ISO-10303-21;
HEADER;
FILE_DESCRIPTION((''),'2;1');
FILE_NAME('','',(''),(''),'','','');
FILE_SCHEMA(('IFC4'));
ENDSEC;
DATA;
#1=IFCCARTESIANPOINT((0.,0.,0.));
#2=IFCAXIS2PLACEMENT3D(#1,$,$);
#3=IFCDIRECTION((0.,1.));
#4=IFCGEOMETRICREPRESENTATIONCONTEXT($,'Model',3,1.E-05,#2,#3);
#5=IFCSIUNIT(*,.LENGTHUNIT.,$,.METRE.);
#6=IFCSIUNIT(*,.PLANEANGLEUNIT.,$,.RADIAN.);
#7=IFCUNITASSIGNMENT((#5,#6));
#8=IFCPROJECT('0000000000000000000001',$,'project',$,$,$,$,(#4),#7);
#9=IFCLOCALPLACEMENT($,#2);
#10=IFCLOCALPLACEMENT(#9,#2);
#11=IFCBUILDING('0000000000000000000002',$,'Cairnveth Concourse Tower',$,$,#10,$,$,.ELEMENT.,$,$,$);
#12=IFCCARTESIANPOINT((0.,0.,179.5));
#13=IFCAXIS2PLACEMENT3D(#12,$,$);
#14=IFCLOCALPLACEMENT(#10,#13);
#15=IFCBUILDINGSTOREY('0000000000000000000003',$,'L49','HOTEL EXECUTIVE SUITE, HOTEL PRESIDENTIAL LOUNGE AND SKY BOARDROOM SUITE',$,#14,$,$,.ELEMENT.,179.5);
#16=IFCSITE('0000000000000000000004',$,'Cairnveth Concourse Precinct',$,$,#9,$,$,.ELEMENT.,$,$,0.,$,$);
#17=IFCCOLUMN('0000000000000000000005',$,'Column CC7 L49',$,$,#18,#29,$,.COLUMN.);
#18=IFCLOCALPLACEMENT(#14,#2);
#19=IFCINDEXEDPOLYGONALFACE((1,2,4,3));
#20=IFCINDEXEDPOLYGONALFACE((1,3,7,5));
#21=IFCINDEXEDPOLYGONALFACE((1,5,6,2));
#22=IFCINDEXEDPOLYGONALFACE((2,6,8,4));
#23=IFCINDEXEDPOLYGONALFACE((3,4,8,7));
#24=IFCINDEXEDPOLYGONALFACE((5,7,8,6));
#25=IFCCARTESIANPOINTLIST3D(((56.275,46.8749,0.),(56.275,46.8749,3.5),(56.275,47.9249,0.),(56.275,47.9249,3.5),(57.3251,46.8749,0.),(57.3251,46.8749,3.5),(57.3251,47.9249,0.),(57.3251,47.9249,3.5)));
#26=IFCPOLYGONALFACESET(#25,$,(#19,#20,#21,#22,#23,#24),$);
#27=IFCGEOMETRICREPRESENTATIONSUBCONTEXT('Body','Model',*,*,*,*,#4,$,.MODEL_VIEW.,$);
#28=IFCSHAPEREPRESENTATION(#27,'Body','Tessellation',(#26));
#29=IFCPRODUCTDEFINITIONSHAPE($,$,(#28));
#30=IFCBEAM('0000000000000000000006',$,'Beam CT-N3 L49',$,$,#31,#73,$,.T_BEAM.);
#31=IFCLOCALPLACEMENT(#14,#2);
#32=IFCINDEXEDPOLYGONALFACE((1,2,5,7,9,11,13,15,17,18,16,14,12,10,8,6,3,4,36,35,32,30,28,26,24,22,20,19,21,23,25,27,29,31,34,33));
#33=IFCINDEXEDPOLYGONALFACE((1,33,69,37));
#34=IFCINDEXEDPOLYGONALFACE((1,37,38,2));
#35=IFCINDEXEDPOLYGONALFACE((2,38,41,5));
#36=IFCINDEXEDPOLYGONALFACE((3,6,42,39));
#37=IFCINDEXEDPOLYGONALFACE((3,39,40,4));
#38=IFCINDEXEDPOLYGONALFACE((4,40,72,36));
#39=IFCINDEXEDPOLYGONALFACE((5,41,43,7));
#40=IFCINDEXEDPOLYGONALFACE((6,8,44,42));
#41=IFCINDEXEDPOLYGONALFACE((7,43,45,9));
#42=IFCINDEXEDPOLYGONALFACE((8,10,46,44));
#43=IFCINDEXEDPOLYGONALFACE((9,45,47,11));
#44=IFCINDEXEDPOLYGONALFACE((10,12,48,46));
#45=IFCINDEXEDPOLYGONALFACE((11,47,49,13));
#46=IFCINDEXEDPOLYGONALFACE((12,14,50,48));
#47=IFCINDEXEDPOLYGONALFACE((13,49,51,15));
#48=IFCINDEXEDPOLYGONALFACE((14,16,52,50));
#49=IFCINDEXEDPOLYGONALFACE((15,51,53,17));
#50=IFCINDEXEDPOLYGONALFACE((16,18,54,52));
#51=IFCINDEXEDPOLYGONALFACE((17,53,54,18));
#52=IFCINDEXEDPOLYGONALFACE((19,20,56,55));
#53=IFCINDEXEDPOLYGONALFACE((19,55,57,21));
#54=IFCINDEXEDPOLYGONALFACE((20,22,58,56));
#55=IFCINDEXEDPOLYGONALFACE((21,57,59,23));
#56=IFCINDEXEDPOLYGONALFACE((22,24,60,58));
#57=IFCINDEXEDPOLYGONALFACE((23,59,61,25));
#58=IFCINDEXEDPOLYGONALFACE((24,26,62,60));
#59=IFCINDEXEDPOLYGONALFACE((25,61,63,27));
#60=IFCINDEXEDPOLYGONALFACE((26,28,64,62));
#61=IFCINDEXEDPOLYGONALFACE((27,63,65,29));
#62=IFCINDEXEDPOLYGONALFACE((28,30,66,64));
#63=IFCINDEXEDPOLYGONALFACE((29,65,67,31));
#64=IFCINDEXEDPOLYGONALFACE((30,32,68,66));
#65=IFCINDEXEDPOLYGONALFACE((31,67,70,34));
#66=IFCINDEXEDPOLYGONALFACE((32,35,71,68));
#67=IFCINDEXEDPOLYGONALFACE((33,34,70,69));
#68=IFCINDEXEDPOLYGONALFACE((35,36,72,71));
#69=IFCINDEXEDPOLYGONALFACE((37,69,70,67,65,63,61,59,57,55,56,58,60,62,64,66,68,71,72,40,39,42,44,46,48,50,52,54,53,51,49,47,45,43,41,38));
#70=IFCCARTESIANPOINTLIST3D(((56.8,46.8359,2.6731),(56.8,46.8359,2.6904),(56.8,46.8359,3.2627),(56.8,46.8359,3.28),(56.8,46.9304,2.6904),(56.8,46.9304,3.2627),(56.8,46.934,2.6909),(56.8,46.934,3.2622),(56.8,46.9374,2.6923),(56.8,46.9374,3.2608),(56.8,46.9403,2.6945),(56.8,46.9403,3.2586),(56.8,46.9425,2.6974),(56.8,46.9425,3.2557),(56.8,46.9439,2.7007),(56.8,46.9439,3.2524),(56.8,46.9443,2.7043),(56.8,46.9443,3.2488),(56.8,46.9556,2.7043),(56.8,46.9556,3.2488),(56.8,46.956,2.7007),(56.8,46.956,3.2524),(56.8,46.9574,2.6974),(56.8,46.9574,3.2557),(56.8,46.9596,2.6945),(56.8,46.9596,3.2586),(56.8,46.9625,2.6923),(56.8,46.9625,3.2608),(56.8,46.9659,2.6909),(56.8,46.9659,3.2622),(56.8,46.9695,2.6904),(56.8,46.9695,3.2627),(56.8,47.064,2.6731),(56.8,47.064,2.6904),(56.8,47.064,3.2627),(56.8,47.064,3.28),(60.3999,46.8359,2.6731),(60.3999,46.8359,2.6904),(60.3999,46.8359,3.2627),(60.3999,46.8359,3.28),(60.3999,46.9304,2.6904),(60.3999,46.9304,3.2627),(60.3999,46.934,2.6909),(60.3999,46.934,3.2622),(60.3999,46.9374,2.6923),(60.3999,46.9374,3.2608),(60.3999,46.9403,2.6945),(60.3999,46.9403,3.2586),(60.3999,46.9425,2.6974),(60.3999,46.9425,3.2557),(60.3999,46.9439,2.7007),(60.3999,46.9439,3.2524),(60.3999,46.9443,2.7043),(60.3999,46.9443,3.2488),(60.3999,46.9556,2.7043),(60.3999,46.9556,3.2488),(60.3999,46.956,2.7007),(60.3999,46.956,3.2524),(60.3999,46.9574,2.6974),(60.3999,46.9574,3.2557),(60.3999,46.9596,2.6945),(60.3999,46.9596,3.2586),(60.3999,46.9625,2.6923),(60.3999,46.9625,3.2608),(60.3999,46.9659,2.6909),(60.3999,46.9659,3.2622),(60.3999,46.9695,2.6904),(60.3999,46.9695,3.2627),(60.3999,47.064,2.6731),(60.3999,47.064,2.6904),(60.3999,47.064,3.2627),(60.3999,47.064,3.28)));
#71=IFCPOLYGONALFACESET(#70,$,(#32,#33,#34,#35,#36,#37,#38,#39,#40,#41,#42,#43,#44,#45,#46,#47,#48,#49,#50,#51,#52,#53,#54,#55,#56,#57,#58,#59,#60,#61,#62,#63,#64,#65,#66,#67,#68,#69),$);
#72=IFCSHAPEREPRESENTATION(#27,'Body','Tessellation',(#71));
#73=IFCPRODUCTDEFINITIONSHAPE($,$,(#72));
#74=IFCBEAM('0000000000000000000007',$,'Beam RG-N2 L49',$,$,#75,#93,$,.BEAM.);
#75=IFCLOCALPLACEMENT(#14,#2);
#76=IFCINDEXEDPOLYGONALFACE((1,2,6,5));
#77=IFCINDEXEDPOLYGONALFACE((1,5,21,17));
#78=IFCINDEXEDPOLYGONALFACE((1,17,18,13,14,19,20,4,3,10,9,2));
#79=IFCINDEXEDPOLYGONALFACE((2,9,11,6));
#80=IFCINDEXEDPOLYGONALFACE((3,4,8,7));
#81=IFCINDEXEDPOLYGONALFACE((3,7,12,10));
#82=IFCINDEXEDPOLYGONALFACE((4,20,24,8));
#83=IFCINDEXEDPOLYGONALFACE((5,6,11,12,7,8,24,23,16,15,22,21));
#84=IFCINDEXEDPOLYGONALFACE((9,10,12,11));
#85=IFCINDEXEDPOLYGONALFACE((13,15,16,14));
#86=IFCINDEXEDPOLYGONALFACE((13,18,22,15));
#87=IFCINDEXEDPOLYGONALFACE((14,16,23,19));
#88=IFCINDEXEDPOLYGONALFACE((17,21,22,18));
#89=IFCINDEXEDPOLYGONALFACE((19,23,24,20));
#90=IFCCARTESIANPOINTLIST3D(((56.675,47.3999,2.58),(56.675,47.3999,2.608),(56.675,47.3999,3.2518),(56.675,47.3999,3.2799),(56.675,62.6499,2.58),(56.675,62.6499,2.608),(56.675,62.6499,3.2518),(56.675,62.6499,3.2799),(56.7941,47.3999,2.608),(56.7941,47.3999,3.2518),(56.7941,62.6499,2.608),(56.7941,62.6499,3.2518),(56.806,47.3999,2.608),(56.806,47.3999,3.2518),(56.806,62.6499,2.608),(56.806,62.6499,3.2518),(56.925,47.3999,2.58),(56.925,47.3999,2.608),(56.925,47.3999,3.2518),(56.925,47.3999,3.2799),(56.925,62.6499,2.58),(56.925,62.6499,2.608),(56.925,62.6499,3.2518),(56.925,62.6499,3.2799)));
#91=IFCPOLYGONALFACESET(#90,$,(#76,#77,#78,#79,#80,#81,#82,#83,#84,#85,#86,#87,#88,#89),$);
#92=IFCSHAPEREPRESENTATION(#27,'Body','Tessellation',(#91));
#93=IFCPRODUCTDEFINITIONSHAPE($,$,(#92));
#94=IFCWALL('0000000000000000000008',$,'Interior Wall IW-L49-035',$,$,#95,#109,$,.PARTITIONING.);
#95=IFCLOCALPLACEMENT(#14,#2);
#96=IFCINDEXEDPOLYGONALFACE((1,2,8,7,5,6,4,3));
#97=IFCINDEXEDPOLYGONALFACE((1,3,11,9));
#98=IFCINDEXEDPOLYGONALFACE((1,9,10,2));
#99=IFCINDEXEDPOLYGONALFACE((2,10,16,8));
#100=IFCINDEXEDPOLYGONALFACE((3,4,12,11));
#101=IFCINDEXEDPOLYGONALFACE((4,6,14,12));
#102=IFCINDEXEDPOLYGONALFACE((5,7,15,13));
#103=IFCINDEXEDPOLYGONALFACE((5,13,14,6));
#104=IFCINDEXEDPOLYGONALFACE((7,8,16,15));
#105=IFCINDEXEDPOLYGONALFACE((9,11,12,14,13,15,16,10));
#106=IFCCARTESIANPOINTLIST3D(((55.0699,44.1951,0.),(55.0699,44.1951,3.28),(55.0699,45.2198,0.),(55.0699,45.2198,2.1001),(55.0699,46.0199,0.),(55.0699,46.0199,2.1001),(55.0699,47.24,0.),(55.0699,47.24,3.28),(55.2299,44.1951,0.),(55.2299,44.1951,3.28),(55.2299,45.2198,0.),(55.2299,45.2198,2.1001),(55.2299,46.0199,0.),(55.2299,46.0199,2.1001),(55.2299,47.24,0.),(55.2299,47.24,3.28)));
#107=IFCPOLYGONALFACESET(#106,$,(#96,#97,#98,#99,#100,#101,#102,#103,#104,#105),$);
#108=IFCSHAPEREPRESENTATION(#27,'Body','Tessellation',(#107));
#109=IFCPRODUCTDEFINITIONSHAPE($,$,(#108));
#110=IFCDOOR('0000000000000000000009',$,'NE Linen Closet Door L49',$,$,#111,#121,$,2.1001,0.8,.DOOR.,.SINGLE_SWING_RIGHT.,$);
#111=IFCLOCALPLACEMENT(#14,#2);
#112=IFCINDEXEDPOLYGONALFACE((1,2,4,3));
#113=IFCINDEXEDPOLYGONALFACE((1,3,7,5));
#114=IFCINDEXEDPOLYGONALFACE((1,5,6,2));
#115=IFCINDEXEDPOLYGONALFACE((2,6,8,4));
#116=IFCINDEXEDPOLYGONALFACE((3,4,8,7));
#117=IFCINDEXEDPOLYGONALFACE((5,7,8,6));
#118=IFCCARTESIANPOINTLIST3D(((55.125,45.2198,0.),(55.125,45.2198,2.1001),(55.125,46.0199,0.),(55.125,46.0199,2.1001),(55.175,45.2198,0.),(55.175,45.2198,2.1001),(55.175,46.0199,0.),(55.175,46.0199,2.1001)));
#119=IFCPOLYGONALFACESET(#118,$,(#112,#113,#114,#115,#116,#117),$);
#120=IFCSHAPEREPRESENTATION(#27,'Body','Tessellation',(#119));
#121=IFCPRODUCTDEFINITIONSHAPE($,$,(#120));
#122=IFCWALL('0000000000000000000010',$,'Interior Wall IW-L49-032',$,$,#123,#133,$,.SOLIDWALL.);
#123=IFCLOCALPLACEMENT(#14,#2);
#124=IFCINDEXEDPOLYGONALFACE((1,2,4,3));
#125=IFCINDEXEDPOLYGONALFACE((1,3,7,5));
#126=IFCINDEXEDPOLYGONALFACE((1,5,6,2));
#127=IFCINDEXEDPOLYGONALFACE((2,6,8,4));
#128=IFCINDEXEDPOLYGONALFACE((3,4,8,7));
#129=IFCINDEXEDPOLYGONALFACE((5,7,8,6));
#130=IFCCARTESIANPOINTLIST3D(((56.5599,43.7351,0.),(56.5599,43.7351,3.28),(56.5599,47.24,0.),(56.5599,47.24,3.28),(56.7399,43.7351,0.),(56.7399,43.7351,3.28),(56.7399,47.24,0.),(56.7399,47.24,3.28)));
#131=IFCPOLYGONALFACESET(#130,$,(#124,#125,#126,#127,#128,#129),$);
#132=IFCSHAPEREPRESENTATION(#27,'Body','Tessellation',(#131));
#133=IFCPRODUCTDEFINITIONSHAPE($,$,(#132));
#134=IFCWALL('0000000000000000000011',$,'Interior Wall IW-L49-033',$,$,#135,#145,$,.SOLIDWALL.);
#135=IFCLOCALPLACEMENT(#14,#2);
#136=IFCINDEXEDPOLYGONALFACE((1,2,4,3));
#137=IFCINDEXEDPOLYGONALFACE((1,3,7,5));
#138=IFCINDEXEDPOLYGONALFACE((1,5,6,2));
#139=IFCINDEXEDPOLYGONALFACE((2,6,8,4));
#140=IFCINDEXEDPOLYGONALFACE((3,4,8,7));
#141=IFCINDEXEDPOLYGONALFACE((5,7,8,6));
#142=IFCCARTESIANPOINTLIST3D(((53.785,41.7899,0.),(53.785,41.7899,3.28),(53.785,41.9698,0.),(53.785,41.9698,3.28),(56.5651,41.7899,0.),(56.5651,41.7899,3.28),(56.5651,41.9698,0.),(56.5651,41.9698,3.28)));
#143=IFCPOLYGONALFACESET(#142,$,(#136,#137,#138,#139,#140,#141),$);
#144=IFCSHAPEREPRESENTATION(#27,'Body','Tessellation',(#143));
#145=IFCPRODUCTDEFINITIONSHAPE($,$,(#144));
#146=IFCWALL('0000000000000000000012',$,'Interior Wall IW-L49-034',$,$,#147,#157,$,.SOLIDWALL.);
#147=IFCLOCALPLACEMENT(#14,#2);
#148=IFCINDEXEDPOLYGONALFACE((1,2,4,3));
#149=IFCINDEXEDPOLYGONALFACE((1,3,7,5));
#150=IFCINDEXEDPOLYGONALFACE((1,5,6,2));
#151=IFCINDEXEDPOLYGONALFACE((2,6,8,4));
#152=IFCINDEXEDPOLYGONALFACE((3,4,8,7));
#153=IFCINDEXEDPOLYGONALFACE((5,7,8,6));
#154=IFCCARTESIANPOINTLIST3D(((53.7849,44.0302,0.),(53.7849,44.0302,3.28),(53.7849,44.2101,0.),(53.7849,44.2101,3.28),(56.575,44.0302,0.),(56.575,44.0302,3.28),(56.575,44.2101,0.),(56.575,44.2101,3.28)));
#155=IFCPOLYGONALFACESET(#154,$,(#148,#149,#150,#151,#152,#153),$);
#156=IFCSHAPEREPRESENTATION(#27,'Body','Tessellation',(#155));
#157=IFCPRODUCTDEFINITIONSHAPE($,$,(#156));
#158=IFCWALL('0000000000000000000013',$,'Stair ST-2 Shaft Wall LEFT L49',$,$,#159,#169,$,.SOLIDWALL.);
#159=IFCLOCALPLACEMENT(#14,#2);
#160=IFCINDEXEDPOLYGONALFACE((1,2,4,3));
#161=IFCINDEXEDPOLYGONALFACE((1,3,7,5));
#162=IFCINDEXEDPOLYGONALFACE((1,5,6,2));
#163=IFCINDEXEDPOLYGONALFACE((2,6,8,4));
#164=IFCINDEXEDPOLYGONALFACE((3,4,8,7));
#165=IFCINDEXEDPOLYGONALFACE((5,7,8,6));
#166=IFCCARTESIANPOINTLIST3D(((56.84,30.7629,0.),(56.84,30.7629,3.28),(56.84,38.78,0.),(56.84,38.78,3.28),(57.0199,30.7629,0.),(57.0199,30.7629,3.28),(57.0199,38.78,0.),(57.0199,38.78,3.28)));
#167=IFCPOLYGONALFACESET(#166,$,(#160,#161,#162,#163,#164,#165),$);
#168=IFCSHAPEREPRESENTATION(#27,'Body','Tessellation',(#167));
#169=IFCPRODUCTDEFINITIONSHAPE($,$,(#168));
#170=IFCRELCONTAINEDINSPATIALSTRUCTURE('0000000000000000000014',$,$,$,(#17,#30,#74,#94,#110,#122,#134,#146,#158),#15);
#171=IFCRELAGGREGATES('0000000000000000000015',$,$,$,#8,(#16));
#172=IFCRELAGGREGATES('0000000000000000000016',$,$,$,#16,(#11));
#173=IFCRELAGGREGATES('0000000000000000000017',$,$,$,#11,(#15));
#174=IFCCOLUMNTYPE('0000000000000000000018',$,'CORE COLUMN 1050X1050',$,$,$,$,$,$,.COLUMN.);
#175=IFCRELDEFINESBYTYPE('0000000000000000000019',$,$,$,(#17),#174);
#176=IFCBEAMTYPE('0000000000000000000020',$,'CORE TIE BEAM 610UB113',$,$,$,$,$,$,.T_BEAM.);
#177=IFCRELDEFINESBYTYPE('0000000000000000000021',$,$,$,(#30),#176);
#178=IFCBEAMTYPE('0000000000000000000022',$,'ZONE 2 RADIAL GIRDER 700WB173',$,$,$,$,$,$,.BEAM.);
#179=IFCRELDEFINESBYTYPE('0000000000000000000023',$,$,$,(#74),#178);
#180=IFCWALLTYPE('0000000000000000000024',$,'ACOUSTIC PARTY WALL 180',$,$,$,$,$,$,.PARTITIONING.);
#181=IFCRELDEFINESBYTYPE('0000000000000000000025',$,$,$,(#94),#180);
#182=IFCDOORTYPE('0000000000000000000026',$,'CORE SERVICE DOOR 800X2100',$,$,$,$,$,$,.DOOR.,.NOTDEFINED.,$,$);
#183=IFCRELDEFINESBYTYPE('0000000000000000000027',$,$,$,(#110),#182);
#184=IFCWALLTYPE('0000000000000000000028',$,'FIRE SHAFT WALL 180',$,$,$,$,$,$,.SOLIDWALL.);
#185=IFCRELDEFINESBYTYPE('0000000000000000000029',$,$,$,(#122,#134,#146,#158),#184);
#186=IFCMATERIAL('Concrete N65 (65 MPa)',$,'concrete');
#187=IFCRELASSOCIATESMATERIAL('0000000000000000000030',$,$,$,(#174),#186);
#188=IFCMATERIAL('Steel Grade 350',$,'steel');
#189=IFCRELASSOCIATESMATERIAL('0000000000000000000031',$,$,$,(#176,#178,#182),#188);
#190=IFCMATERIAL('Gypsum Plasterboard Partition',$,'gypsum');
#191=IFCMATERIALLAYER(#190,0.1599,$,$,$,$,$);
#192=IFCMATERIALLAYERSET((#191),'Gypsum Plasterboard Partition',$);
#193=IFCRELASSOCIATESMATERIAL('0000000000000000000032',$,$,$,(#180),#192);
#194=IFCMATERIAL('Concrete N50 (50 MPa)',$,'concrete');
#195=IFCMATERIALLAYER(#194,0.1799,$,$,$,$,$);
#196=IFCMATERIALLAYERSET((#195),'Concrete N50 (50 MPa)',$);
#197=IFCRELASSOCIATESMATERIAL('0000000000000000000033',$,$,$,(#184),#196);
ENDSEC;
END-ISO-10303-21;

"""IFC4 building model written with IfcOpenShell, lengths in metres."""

from ifc_helpers import new_model, si_unit, direction, frame, frame_2d, origin, origin_2d, place, context, subcontext, project, spatial, rectangle, i_section, extrude, material, layer, layer_set, material_profile, profile_set, type_object, element, fill, save


model = new_model("IFC4")

# Units and contexts
model_context = context("Model", 3, precision=1e-05, world=origin(), true_north=direction((0.0, 1.0)))
body_context = subcontext(model_context, "Body", "Model", "MODEL_VIEW")
ifc_project = project(units=[si_unit("LENGTHUNIT", "METRE"), si_unit("PLANEANGLEUNIT", "RADIAN")], contexts=[model_context])

# Site, building, storey
site_placement = place(None, origin())
site = spatial("IfcSite", under=ifc_project, at=site_placement, Name="Cairnveth Concourse Precinct", CompositionType="ELEMENT", RefElevation=0.0)
building_placement = place(site_placement, origin())
building = spatial("IfcBuilding", under=site, at=building_placement, Name="Cairnveth Concourse Tower", CompositionType="ELEMENT")
storey_placement = place(building_placement, frame((0.0, 0.0, 179.5)))
storey = spatial("IfcBuildingStorey", under=building, at=storey_placement, Name="L49", Description="HOTEL EXECUTIVE SUITE, HOTEL PRESIDENTIAL LOUNGE AND SKY BOARDROOM SUITE", CompositionType="ELEMENT", Elevation=179.5)

# Column
ifc_material_1 = material(Name="Concrete N65 (65 MPa)", Category="concrete")
ifc_material_profile_1 = material_profile(ifc_material_1, rectangle(XDim=1.05, YDim=1.05, at=origin_2d()), Name="RC-COL-1050x1050")
ifc_profile_set_1 = profile_set([ifc_material_profile_1], Name="Concrete N65 (65 MPa)")
column_type = type_object("IfcColumnType", Name="CORE COLUMN 1050X1050", PredefinedType="COLUMN", material=ifc_profile_set_1)
column_placement = place(storey_placement, frame((56.8, 47.3999, 0.0), z_axis=(0.0, 0.0, 1.0), x_axis=(1.0, 0.0, 0.0)))
element("IfcColumn", 1, at=column_placement, inside=storey, type_object=column_type, Name="Column CC7 L49", PredefinedType="COLUMN", context=body_context, shape_type="SweptSolid", body=[
    extrude(rectangle(XDim=1.05, YDim=1.05, at=origin_2d()), origin(), (0.0, 0.0, 1.0), 3.5),
])

# Beams
ifc_material_2 = material(Name="Steel Grade 350", Category="steel")
ifc_material_profile_2 = material_profile(ifc_material_2, i_section(OverallWidth=0.228, OverallDepth=0.6069, WebThickness=0.0112, FlangeThickness=0.0173, FilletRadius=0.0139, at=origin_2d()), Name="610UB113")
ifc_profile_set_2 = profile_set([ifc_material_profile_2], Name="Steel Grade 350")
beam_type_1 = type_object("IfcBeamType", Name="CORE TIE BEAM 610UB113", PredefinedType="T_BEAM", material=ifc_profile_set_2)
beam_1_placement = place(storey_placement, frame((56.8, 46.95, 2.9766), z_axis=(1.0, 0.0, 0.0), x_axis=(0.0, 1.0, 0.0)))
element("IfcBeam", 2, at=beam_1_placement, inside=storey, type_object=beam_type_1, Name="Beam CT-N3 L49", PredefinedType="T_BEAM", context=body_context, shape_type="SweptSolid", body=[
    extrude(i_section(OverallWidth=0.228, OverallDepth=0.6069, WebThickness=0.0112, FlangeThickness=0.0173, FilletRadius=0.0139, at=origin_2d()), origin(), (0.0, 0.0, 1.0), 3.5999),
])
ifc_material_profile_3 = material_profile(ifc_material_2, i_section(OverallWidth=0.25, OverallDepth=0.7, WebThickness=0.012, FlangeThickness=0.0281, at=origin_2d()), Name="700WB173")
ifc_profile_set_3 = profile_set([ifc_material_profile_3], Name="Steel Grade 350")
beam_type_2 = type_object("IfcBeamType", Name="ZONE 2 RADIAL GIRDER 700WB173", PredefinedType="BEAM", material=ifc_profile_set_3)
beam_2_placement = place(storey_placement, frame((56.8, 47.3999, 2.9299), z_axis=(0.0, 1.0, 0.0), x_axis=(-1.0, 0.0, 0.0)))
element("IfcBeam", 3, at=beam_2_placement, inside=storey, type_object=beam_type_2, Name="Beam RG-N2 L49", PredefinedType="BEAM", context=body_context, shape_type="SweptSolid", body=[
    extrude(i_section(OverallWidth=0.25, OverallDepth=0.7, WebThickness=0.012, FlangeThickness=0.0281, at=origin_2d()), origin(), (0.0, 0.0, 1.0), 15.25),
])

# Wall, opening, door
ifc_material_3 = material(Name="Gypsum Plasterboard Partition", Category="gypsum")
ifc_layer_1 = layer(ifc_material_3, 0.1599)
ifc_layer_set_1 = layer_set([ifc_layer_1], Name="Gypsum Plasterboard Partition")
wall_type_1 = type_object("IfcWallType", Name="ACOUSTIC PARTY WALL 180", PredefinedType="PARTITIONING", material=ifc_layer_set_1)
wall_1_placement = place(storey_placement, frame((55.1499, 44.1951, 0.0), z_axis=(0.0, 0.0, 1.0), x_axis=(0.0, 1.0, 0.0)))
wall_1 = element("IfcWall", 4, at=wall_1_placement, inside=storey, type_object=wall_type_1, Name="Interior Wall IW-L49-035", PredefinedType="PARTITIONING", context=body_context, shape_type="SweptSolid", body=[
    extrude(rectangle(XDim=3.0449, YDim=0.1599, at=frame_2d((1.5225, 0.0))), origin(), (0.0, 0.0, 1.0), 3.28),
])
opening_1_placement = place(wall_1_placement, frame((1.0249, 0.0, 0.0)))
opening_1 = element("IfcOpeningElement", 5, at=opening_1_placement, cuts=wall_1, PredefinedType="OPENING", context=body_context, shape_type="SweptSolid", body=[
    extrude(rectangle(XDim=0.8, YDim=2.1001, at=frame_2d((0.3999, 1.05))), frame((0.0, 0.0898, 0.0), z_axis=(0.0, -1.0, 0.0), x_axis=(1.0, 0.0, 0.0)), (0.0, 0.0, 1.0), 0.1799),
])
door_type_1 = type_object("IfcDoorType", Name="CORE SERVICE DOOR 800X2100", OperationType="NOTDEFINED", PredefinedType="DOOR", material=ifc_material_2)
door_1_placement = place(opening_1_placement, origin())
door_1 = element("IfcDoor", 6, at=door_1_placement, inside=storey, type_object=door_type_1, Name="NE Linen Closet Door L49", OperationType="SINGLE_SWING_RIGHT", OverallHeight=2.1001, OverallWidth=0.8, PredefinedType="DOOR", context=body_context, shape_type="SweptSolid", body=[
    extrude(rectangle(XDim=0.8, YDim=2.1001, at=frame_2d((0.3999, 1.05))), frame((0.0, 0.0249, 0.0), z_axis=(0.0, -1.0, 0.0), x_axis=(1.0, 0.0, 0.0)), (0.0, 0.0, 1.0), 0.05),
])
fill(opening_1, door_1)

# Walls
ifc_material_4 = material(Name="Concrete N50 (50 MPa)", Category="concrete")
ifc_layer_2 = layer(ifc_material_4, 0.1799)
ifc_layer_set_2 = layer_set([ifc_layer_2], Name="Concrete N50 (50 MPa)")
wall_type_2 = type_object("IfcWallType", Name="FIRE SHAFT WALL 180", PredefinedType="SOLIDWALL", material=ifc_layer_set_2)
wall_2_placement = place(storey_placement, frame((56.6499, 43.7351, 0.0), z_axis=(0.0, 0.0, 1.0), x_axis=(0.0, 1.0, 0.0)))
element("IfcWall", 7, at=wall_2_placement, inside=storey, type_object=wall_type_2, Name="Interior Wall IW-L49-032", PredefinedType="SOLIDWALL", context=body_context, shape_type="SweptSolid", body=[
    extrude(rectangle(XDim=3.5049, YDim=0.1799, at=frame_2d((1.7524, 0.0))), origin(), (0.0, 0.0, 1.0), 3.28),
])
wall_3_placement = place(storey_placement, frame((53.7849, 41.8799, 0.0), z_axis=(0.0, 0.0, 1.0), x_axis=(1.0, 0.0, 0.0)))
element("IfcWall", 8, at=wall_3_placement, inside=storey, type_object=wall_type_2, Name="Interior Wall IW-L49-033", PredefinedType="SOLIDWALL", context=body_context, shape_type="SweptSolid", body=[
    extrude(rectangle(XDim=2.78, YDim=0.1799, at=frame_2d((1.3901, 0.0))), origin(), (0.0, 0.0, 1.0), 3.28),
])
wall_4_placement = place(storey_placement, frame((53.7849, 44.1201, 0.0), z_axis=(0.0, 0.0, 1.0), x_axis=(1.0, 0.0, 0.0)))
element("IfcWall", 9, at=wall_4_placement, inside=storey, type_object=wall_type_2, Name="Interior Wall IW-L49-034", PredefinedType="SOLIDWALL", context=body_context, shape_type="SweptSolid", body=[
    extrude(rectangle(XDim=2.79, YDim=0.1799, at=frame_2d((1.395, 0.0))), origin(), (0.0, 0.0, 1.0), 3.28),
])

# Wall
wall_5_placement = place(storey_placement, frame((56.9299, 38.78, 0.0), z_axis=(0.0, 0.0, 1.0), x_axis=(0.0, -1.0, 0.0)))
element("IfcWall", 10, at=wall_5_placement, inside=storey, type_object=wall_type_2, Name="Stair ST-2 Shaft Wall LEFT L49", PredefinedType="SOLIDWALL", context=body_context, shape_type="SweptSolid", body=[
    extrude(rectangle(XDim=8.0171, YDim=0.1799, at=frame_2d((4.0085, 0.0))), origin(), (0.0, 0.0, 1.0), 3.28),
])

save(model, "model.ifc")
